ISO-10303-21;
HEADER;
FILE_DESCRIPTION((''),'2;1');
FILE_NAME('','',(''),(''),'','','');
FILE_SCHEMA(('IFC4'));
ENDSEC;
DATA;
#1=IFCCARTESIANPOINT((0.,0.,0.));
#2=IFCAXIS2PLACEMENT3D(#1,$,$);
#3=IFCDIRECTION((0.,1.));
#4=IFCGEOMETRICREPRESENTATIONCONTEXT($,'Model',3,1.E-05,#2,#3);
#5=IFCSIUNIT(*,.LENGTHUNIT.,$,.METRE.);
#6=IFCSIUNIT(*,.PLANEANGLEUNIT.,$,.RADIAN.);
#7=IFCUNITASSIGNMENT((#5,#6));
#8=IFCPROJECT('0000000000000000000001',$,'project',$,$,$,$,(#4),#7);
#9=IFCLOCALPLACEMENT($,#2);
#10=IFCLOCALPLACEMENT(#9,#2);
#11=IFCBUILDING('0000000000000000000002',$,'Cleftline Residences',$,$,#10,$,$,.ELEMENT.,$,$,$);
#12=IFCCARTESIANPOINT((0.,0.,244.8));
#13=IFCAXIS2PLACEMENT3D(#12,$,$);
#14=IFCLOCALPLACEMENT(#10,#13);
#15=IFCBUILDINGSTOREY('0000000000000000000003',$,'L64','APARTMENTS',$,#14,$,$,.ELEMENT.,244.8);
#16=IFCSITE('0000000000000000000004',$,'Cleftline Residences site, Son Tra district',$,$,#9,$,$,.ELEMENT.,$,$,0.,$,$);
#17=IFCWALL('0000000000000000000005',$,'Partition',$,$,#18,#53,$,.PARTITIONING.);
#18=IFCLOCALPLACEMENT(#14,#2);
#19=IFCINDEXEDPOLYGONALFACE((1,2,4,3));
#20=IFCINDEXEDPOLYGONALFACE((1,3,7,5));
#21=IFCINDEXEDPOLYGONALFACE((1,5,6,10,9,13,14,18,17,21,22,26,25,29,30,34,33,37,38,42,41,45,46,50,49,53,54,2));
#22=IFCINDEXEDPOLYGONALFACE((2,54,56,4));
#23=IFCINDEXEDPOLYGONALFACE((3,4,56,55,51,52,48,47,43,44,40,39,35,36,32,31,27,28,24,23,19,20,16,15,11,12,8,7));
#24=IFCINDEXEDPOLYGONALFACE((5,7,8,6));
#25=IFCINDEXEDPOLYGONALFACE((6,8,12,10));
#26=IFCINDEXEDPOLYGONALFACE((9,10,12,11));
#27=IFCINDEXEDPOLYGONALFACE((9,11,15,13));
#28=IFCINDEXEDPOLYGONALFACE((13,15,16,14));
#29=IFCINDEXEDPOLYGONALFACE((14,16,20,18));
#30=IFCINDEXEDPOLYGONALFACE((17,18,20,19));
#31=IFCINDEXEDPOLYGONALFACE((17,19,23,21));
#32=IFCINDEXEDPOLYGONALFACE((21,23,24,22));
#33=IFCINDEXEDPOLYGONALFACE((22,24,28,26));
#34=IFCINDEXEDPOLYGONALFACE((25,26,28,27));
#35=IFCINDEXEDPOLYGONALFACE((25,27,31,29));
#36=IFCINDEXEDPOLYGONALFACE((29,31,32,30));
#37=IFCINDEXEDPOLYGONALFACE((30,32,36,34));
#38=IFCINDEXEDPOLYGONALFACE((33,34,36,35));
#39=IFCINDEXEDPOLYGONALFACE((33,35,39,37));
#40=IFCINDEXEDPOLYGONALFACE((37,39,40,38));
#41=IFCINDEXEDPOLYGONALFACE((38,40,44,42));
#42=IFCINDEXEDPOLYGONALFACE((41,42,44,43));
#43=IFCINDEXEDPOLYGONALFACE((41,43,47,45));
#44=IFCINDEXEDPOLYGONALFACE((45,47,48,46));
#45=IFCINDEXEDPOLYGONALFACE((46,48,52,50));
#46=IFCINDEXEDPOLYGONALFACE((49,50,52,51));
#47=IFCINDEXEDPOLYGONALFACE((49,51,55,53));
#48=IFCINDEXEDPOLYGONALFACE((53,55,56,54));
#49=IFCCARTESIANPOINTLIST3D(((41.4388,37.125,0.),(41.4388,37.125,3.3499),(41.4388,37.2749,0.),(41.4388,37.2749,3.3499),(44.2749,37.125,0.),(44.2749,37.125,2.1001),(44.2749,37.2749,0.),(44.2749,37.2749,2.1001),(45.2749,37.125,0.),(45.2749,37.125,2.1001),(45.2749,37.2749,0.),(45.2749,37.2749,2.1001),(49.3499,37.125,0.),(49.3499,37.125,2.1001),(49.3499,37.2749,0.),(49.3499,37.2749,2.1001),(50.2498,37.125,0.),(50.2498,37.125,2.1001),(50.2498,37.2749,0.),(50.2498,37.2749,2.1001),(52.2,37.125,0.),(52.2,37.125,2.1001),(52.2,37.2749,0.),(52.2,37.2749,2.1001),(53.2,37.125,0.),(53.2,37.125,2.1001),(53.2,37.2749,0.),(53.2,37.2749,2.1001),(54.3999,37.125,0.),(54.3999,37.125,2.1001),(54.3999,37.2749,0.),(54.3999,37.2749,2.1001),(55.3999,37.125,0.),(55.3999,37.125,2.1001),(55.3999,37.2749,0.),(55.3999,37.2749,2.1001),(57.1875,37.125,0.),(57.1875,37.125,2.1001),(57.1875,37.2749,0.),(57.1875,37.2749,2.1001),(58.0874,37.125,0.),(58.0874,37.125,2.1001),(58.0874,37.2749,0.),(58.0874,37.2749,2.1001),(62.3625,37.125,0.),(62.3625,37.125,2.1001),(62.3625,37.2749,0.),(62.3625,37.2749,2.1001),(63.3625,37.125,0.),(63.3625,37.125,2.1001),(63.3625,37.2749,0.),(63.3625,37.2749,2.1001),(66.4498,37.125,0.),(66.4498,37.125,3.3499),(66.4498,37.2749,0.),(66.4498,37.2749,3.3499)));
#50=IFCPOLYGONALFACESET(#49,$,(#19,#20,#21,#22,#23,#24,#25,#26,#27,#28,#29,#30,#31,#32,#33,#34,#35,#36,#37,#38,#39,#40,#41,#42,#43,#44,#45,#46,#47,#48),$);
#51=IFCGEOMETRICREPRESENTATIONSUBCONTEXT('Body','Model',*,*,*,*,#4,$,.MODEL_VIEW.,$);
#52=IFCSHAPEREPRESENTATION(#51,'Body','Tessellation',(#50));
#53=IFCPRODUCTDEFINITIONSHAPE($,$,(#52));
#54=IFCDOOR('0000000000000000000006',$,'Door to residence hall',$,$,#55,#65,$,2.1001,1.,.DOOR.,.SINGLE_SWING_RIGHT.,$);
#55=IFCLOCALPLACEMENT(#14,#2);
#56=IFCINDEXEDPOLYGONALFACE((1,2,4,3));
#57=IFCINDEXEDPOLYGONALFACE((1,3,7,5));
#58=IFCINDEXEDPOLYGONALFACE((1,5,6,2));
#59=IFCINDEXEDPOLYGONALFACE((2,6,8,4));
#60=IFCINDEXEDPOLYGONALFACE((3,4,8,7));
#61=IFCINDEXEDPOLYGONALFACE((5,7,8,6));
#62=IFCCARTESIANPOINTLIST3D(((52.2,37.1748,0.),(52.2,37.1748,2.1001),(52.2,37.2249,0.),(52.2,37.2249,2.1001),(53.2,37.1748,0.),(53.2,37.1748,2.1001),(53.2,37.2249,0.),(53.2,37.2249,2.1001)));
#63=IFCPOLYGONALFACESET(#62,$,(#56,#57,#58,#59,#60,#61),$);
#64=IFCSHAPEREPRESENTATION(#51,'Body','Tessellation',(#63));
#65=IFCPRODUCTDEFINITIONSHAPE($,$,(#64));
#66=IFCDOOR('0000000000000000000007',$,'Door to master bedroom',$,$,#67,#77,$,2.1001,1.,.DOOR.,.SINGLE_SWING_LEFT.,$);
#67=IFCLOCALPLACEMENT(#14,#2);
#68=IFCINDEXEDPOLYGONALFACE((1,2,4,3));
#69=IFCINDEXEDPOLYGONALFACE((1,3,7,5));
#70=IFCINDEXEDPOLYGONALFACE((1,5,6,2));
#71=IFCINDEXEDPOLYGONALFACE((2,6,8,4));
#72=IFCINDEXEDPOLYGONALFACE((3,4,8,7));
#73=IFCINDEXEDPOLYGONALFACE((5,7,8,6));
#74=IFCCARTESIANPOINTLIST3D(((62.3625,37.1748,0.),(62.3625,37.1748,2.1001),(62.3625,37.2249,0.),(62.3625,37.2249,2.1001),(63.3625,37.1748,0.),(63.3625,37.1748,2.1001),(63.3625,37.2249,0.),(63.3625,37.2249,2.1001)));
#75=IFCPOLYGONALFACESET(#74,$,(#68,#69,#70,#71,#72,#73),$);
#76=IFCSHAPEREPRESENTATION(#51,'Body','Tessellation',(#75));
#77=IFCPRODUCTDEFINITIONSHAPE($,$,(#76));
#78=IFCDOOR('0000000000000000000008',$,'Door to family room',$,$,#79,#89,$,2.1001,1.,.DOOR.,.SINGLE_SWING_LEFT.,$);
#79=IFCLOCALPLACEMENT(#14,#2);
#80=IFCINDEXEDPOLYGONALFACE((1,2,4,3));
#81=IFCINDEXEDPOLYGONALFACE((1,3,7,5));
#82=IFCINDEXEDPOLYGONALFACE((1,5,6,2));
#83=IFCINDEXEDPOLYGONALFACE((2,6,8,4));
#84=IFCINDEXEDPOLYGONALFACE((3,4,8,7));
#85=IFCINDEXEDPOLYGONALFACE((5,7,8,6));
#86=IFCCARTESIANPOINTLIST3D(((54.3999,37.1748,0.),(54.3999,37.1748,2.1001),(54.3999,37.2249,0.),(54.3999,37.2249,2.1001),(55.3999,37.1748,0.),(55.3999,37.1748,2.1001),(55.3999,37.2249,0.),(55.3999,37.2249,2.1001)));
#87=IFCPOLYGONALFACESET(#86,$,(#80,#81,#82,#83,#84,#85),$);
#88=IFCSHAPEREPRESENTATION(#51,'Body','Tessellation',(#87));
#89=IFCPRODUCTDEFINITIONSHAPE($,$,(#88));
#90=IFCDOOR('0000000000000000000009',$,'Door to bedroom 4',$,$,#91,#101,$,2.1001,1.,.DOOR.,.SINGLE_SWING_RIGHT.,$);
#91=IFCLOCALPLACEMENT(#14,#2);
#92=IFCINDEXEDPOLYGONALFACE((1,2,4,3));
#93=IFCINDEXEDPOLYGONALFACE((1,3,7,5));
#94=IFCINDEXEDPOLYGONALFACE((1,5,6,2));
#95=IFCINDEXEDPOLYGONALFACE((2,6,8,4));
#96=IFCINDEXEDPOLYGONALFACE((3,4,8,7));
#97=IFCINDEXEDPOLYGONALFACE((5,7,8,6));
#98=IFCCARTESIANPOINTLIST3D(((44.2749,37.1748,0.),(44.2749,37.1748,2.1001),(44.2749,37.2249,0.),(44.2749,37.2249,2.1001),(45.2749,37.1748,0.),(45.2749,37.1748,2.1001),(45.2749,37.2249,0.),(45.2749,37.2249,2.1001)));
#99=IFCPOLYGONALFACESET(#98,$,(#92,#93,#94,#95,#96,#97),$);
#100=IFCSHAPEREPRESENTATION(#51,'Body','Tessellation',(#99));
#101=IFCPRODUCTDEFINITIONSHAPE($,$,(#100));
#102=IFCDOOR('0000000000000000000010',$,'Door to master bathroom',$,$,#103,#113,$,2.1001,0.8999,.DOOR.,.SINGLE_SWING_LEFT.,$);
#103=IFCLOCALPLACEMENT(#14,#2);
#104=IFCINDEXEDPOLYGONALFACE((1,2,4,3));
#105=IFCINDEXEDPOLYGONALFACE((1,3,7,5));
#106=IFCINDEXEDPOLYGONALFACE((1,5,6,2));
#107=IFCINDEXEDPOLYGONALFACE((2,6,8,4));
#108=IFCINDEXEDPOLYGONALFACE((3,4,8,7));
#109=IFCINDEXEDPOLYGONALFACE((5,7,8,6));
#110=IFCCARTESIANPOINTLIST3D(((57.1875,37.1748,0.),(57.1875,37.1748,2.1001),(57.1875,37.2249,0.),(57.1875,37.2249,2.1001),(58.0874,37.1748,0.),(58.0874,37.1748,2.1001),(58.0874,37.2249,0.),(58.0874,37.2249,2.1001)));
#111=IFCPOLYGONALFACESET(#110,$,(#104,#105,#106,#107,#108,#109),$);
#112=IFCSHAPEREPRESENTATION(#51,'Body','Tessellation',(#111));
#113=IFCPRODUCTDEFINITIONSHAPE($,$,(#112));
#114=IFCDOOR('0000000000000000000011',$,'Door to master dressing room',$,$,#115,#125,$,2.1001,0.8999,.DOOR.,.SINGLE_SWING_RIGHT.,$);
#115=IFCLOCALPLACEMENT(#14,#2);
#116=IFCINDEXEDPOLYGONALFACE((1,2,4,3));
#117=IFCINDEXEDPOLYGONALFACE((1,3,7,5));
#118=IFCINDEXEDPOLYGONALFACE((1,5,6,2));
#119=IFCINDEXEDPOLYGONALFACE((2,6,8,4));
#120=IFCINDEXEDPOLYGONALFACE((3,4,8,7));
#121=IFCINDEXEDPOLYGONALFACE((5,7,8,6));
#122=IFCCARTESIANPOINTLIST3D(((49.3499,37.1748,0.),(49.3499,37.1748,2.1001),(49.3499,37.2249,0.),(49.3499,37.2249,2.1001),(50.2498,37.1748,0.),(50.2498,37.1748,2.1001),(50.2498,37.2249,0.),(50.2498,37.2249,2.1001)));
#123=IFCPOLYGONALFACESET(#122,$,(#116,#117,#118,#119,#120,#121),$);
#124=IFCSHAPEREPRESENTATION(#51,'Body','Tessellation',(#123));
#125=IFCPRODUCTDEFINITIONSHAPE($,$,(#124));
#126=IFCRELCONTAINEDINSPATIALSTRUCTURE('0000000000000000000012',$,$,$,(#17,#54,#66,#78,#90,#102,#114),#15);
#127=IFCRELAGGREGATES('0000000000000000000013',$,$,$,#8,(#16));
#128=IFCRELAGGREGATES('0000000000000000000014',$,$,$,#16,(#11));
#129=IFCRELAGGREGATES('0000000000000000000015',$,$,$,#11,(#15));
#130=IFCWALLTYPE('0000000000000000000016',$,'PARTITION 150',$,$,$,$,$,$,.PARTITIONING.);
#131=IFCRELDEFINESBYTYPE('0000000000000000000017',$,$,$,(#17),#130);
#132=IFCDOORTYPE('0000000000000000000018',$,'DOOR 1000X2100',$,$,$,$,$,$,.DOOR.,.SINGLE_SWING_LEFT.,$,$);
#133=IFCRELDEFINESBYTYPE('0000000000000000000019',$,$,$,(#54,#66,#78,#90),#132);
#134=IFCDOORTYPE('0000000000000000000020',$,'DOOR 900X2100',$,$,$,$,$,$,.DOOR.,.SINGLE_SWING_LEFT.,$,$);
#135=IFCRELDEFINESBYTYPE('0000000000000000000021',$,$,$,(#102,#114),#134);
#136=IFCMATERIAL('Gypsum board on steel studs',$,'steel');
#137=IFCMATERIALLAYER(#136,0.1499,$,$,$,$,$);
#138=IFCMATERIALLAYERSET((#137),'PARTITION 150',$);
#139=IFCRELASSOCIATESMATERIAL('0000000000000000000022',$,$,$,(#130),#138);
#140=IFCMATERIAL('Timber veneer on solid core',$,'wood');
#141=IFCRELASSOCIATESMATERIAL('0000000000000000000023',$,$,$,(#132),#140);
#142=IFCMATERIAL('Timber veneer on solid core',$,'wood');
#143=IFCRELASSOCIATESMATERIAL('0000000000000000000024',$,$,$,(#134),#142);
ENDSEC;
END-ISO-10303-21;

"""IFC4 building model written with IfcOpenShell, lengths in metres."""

from ifc_helpers import new_model, si_unit, direction, frame, frame_2d, origin, place, context, subcontext, project, spatial, rectangle, extrude, material, layer, layer_set, type_object, element, fill, save


model = new_model("IFC4")

# Units and contexts
model_context = context("Model", 3, precision=1e-05, world=origin(), true_north=direction((0.0, 1.0)))
body_context = subcontext(model_context, "Body", "Model", "MODEL_VIEW")
ifc_project = project(units=[si_unit("LENGTHUNIT", "METRE"), si_unit("PLANEANGLEUNIT", "RADIAN")], contexts=[model_context])

# Site, building, storey
site_placement = place(None, origin())
site = spatial("IfcSite", under=ifc_project, at=site_placement, Name="Cleftline Residences site, Son Tra district", CompositionType="ELEMENT", RefElevation=0.0)
building_placement = place(site_placement, origin())
building = spatial("IfcBuilding", under=site, at=building_placement, Name="Cleftline Residences", CompositionType="ELEMENT")
storey_placement = place(building_placement, frame((0.0, 0.0, 244.8)))
storey = spatial("IfcBuildingStorey", under=building, at=storey_placement, Name="L64", Description="APARTMENTS", CompositionType="ELEMENT", Elevation=244.8)

# Shared definitions
ifc_material_1 = material(Name="Gypsum board on steel studs", Category="steel")
ifc_layer_1 = layer(ifc_material_1, 0.1499)
ifc_layer_set_1 = layer_set([ifc_layer_1], Name="PARTITION 150")
wall_type = type_object("IfcWallType", Name="PARTITION 150", PredefinedType="PARTITIONING", material=ifc_layer_set_1)

# Wall, openings, doors
wall_1_placement = place(storey_placement, frame((41.439, 37.2, 0.0), z_axis=(0.0, 0.0, 1.0), x_axis=(1.0, 0.0, 0.0)))
wall_1 = element("IfcWall", 1, at=wall_1_placement, inside=storey, type_object=wall_type, Name="Partition", PredefinedType="PARTITIONING", context=body_context, shape_type="SweptSolid", body=[
    extrude(rectangle(XDim=25.011, YDim=0.1499, at=frame_2d((12.5054, 0.0))), origin(), (0.0, 0.0, 1.0), 3.3499),
])
opening_1_placement = place(wall_1_placement, frame((10.761, 0.0, 0.0)))
opening_1 = element("IfcOpeningElement", 2, at=opening_1_placement, cuts=wall_1, PredefinedType="OPENING", context=body_context, shape_type="SweptSolid", body=[
    extrude(rectangle(XDim=1.0, YDim=2.1001, at=frame_2d((0.5, 1.05))), frame((0.0, 0.085, 0.0), z_axis=(0.0, -1.0, 0.0), x_axis=(1.0, 0.0, 0.0)), (0.0, 0.0, 1.0), 0.1699),
])
opening_2_placement = place(wall_1_placement, frame((20.9236, 0.0, 0.0)))
opening_2 = element("IfcOpeningElement", 3, at=opening_2_placement, cuts=wall_1, PredefinedType="OPENING", context=body_context, shape_type="SweptSolid", body=[
    extrude(rectangle(XDim=1.0, YDim=2.1001, at=frame_2d((0.5, 1.05))), frame((0.0, 0.085, 0.0), z_axis=(0.0, -1.0, 0.0), x_axis=(1.0, 0.0, 0.0)), (0.0, 0.0, 1.0), 0.1699),
])
opening_3_placement = place(wall_1_placement, frame((15.7485, 0.0, 0.0)))
opening_3 = element("IfcOpeningElement", 4, at=opening_3_placement, cuts=wall_1, PredefinedType="OPENING", context=body_context, shape_type="SweptSolid", body=[
    extrude(rectangle(XDim=0.8999, YDim=2.1001, at=frame_2d((0.45, 1.05))), frame((0.0, 0.085, 0.0), z_axis=(0.0, -1.0, 0.0), x_axis=(1.0, 0.0, 0.0)), (0.0, 0.0, 1.0), 0.1699),
])
opening_4_placement = place(wall_1_placement, frame((12.9609, 0.0, 0.0)))
opening_4 = element("IfcOpeningElement", 5, at=opening_4_placement, cuts=wall_1, PredefinedType="OPENING", context=body_context, shape_type="SweptSolid", body=[
    extrude(rectangle(XDim=1.0, YDim=2.1001, at=frame_2d((0.5, 1.05))), frame((0.0, 0.085, 0.0), z_axis=(0.0, -1.0, 0.0), x_axis=(1.0, 0.0, 0.0)), (0.0, 0.0, 1.0), 0.1699),
])
opening_5_placement = place(wall_1_placement, frame((7.9109, 0.0, 0.0)))
opening_5 = element("IfcOpeningElement", 6, at=opening_5_placement, cuts=wall_1, PredefinedType="OPENING", context=body_context, shape_type="SweptSolid", body=[
    extrude(rectangle(XDim=0.8999, YDim=2.1001, at=frame_2d((0.45, 1.05))), frame((0.0, 0.085, 0.0), z_axis=(0.0, -1.0, 0.0), x_axis=(1.0, 0.0, 0.0)), (0.0, 0.0, 1.0), 0.1699),
])
opening_6_placement = place(wall_1_placement, frame((2.8359, 0.0, 0.0)))
opening_6 = element("IfcOpeningElement", 7, at=opening_6_placement, cuts=wall_1, PredefinedType="OPENING", context=body_context, shape_type="SweptSolid", body=[
    extrude(rectangle(XDim=1.0, YDim=2.1001, at=frame_2d((0.5, 1.05))), frame((0.0, 0.085, 0.0), z_axis=(0.0, -1.0, 0.0), x_axis=(1.0, 0.0, 0.0)), (0.0, 0.0, 1.0), 0.1699),
])
ifc_material_2 = material(Name="Timber veneer on solid core", Category="wood")
door_type_1 = type_object("IfcDoorType", Name="DOOR 1000X2100", OperationType="SINGLE_SWING_LEFT", PredefinedType="DOOR", material=ifc_material_2)
door_1_placement = place(opening_1_placement, origin())
door_1 = element("IfcDoor", 8, at=door_1_placement, inside=storey, type_object=door_type_1, Name="Door to residence hall", OperationType="SINGLE_SWING_RIGHT", OverallHeight=2.1001, OverallWidth=1.0, PredefinedType="DOOR", context=body_context, shape_type="SweptSolid", body=[
    extrude(rectangle(XDim=1.0, YDim=2.1001, at=frame_2d((0.5, 1.05))), frame((0.0, 0.0249, 0.0), z_axis=(0.0, -1.0, 0.0), x_axis=(1.0, 0.0, 0.0)), (0.0, 0.0, 1.0), 0.05),
])
fill(opening_1, door_1)
door_2_placement = place(opening_2_placement, origin())
door_2 = element("IfcDoor", 9, at=door_2_placement, inside=storey, type_object=door_type_1, Name="Door to master bedroom", OperationType="SINGLE_SWING_LEFT", OverallHeight=2.1001, OverallWidth=1.0, PredefinedType="DOOR", context=body_context, shape_type="SweptSolid", body=[
    extrude(rectangle(XDim=1.0, YDim=2.1001, at=frame_2d((0.5, 1.05))), frame((0.0, 0.0249, 0.0), z_axis=(0.0, -1.0, 0.0), x_axis=(1.0, 0.0, 0.0)), (0.0, 0.0, 1.0), 0.05),
])
fill(opening_2, door_2)
door_3_placement = place(opening_4_placement, origin())
door_3 = element("IfcDoor", 10, at=door_3_placement, inside=storey, type_object=door_type_1, Name="Door to family room", OperationType="SINGLE_SWING_LEFT", OverallHeight=2.1001, OverallWidth=1.0, PredefinedType="DOOR", context=body_context, shape_type="SweptSolid", body=[
    extrude(rectangle(XDim=1.0, YDim=2.1001, at=frame_2d((0.5, 1.05))), frame((0.0, 0.0249, 0.0), z_axis=(0.0, -1.0, 0.0), x_axis=(1.0, 0.0, 0.0)), (0.0, 0.0, 1.0), 0.05),
])
fill(opening_4, door_3)
door_4_placement = place(opening_6_placement, origin())
door_4 = element("IfcDoor", 11, at=door_4_placement, inside=storey, type_object=door_type_1, Name="Door to bedroom 4", OperationType="SINGLE_SWING_RIGHT", OverallHeight=2.1001, OverallWidth=1.0, PredefinedType="DOOR", context=body_context, shape_type="SweptSolid", body=[
    extrude(rectangle(XDim=1.0, YDim=2.1001, at=frame_2d((0.5, 1.05))), frame((0.0, 0.0249, 0.0), z_axis=(0.0, -1.0, 0.0), x_axis=(1.0, 0.0, 0.0)), (0.0, 0.0, 1.0), 0.05),
])
fill(opening_6, door_4)
ifc_material_3 = material(Name="Timber veneer on solid core", Category="wood")
door_type_2 = type_object("IfcDoorType", Name="DOOR 900X2100", OperationType="SINGLE_SWING_LEFT", PredefinedType="DOOR", material=ifc_material_3)
door_5_placement = place(opening_3_placement, origin())
door_5 = element("IfcDoor", 12, at=door_5_placement, inside=storey, type_object=door_type_2, Name="Door to master bathroom", OperationType="SINGLE_SWING_LEFT", OverallHeight=2.1001, OverallWidth=0.8999, PredefinedType="DOOR", context=body_context, shape_type="SweptSolid", body=[
    extrude(rectangle(XDim=0.8999, YDim=2.1001, at=frame_2d((0.45, 1.05))), frame((0.0, 0.0249, 0.0), z_axis=(0.0, -1.0, 0.0), x_axis=(1.0, 0.0, 0.0)), (0.0, 0.0, 1.0), 0.05),
])
fill(opening_3, door_5)
door_6_placement = place(opening_5_placement, origin())
door_6 = element("IfcDoor", 13, at=door_6_placement, inside=storey, type_object=door_type_2, Name="Door to master dressing room", OperationType="SINGLE_SWING_RIGHT", OverallHeight=2.1001, OverallWidth=0.8999, PredefinedType="DOOR", context=body_context, shape_type="SweptSolid", body=[
    extrude(rectangle(XDim=0.8999, YDim=2.1001, at=frame_2d((0.45, 1.05))), frame((0.0, 0.0249, 0.0), z_axis=(0.0, -1.0, 0.0), x_axis=(1.0, 0.0, 0.0)), (0.0, 0.0, 1.0), 0.05),
])
fill(opening_5, door_6)

save(model, "model.ifc")
